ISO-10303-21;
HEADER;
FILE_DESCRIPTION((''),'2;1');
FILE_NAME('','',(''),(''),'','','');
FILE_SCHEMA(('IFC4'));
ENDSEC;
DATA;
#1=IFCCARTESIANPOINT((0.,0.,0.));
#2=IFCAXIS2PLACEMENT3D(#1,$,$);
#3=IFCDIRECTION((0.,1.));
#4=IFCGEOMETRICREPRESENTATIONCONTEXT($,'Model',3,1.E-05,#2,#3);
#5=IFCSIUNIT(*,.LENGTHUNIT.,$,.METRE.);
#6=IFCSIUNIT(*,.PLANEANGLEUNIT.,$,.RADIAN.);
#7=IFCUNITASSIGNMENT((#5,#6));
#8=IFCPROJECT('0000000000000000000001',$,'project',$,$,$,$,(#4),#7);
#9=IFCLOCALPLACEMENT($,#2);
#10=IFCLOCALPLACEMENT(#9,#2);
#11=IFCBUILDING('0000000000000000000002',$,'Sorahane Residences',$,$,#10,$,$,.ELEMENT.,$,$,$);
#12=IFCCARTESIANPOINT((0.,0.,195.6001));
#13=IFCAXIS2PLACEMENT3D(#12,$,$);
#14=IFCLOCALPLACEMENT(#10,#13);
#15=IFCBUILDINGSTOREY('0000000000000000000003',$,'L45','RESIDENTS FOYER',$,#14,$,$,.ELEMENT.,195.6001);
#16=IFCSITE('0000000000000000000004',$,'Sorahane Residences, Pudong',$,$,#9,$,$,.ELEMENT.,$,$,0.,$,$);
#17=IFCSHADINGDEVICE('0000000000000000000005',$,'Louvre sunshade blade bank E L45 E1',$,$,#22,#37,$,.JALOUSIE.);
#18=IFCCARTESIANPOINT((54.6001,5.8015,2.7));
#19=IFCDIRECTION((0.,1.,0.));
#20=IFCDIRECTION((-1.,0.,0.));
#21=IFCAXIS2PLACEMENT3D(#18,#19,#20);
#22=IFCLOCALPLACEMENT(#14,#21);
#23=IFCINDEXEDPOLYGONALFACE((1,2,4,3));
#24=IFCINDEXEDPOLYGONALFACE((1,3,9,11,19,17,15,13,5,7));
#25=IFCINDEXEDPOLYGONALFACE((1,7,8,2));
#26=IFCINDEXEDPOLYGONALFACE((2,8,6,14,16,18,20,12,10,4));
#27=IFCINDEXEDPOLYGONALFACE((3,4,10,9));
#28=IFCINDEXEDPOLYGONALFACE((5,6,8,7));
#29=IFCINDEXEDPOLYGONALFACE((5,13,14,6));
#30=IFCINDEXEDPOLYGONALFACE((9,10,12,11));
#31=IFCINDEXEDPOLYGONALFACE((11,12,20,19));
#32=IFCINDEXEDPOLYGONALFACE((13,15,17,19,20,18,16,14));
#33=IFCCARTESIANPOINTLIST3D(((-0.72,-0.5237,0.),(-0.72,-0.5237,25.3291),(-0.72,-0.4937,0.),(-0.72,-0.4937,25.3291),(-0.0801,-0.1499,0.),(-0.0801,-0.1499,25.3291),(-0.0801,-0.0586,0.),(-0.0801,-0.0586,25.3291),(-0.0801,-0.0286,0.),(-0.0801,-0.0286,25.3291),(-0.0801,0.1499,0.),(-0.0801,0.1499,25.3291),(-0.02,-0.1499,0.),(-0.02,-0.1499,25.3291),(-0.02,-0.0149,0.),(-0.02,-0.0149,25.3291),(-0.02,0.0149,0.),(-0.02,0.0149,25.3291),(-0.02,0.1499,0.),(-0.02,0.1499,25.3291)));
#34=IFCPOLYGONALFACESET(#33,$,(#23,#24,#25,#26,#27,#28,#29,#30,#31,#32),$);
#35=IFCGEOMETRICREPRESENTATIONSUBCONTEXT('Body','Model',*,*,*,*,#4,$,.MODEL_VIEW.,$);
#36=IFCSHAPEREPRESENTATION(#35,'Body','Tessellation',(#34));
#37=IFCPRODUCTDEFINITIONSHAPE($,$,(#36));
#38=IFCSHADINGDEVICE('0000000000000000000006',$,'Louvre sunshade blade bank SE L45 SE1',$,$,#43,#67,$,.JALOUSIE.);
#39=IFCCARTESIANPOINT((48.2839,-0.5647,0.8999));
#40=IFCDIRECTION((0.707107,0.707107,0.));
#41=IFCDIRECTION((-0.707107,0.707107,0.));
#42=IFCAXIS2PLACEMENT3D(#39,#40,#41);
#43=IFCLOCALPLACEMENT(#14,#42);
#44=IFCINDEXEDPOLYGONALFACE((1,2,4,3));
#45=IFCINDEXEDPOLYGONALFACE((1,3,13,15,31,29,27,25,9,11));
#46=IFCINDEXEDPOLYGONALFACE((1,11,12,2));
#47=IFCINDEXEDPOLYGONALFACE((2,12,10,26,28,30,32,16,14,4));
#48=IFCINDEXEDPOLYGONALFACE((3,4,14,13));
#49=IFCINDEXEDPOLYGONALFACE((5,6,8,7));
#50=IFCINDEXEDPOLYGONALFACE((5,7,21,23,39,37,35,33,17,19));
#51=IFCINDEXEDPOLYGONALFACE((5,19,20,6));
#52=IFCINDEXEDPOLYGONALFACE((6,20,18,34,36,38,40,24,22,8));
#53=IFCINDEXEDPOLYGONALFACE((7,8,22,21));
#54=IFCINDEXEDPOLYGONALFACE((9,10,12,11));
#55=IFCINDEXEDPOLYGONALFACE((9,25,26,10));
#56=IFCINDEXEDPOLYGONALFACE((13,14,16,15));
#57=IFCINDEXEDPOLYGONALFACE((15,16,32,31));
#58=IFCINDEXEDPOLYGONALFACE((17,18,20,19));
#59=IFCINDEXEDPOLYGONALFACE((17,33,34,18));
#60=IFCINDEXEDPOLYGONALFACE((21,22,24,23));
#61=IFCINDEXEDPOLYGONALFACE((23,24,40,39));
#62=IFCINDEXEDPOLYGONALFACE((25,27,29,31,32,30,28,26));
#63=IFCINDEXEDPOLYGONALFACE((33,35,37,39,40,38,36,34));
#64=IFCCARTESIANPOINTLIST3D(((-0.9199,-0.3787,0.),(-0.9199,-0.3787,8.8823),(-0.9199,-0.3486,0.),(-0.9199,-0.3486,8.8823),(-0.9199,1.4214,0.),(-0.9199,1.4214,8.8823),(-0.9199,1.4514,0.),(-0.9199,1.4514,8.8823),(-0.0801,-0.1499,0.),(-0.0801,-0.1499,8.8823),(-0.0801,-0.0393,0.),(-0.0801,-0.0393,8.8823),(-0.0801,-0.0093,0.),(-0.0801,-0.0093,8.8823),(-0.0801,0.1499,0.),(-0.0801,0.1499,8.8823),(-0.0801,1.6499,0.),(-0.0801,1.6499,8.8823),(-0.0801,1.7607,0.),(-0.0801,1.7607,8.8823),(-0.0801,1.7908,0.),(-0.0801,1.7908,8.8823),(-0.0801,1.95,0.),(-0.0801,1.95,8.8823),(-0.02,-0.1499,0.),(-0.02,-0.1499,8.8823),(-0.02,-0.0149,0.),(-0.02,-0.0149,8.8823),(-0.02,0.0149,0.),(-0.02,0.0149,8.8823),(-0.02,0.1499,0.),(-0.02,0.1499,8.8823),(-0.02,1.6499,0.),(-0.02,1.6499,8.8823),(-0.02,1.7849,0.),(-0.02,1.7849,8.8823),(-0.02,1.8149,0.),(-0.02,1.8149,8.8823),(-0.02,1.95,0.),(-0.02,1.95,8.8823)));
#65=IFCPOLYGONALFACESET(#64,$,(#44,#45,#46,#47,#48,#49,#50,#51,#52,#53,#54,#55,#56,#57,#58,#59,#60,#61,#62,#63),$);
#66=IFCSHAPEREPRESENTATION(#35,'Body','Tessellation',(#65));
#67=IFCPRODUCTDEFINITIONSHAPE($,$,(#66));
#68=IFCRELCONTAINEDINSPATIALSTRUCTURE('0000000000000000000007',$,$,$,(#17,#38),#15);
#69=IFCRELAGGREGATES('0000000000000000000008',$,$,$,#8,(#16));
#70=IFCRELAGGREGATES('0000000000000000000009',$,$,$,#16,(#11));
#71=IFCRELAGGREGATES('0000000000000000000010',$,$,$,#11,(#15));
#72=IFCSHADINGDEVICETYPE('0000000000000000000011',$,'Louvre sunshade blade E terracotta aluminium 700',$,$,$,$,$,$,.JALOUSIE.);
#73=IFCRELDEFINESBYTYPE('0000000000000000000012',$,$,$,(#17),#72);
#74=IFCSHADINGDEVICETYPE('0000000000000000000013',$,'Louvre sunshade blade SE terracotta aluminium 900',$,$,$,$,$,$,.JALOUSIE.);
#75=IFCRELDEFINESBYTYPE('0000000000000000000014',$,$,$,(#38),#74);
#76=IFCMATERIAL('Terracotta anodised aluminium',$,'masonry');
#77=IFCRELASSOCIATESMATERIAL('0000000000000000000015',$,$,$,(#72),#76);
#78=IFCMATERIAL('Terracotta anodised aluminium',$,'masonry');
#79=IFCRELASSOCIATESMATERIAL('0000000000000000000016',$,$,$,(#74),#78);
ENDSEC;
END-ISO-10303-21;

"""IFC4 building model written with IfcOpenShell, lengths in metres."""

from ifc_helpers import new_model, si_unit, direction, frame, origin, place, context, subcontext, project, spatial, polyline, outline, composite_profile, extrude, material, type_object, element, save


model = new_model("IFC4")

# Units and contexts
model_context = context("Model", 3, precision=1e-05, world=origin(), true_north=direction((0.0, 1.0)))
body_context = subcontext(model_context, "Body", "Model", "MODEL_VIEW")
ifc_project = project(units=[si_unit("LENGTHUNIT", "METRE"), si_unit("PLANEANGLEUNIT", "RADIAN")], contexts=[model_context])

# Site, building, storey
site_placement = place(None, origin())
site = spatial("IfcSite", under=ifc_project, at=site_placement, Name="Sorahane Residences, Pudong", CompositionType="ELEMENT", RefElevation=0.0)
building_placement = place(site_placement, origin())
building = spatial("IfcBuilding", under=site, at=building_placement, Name="Sorahane Residences", CompositionType="ELEMENT")
storey_placement = place(building_placement, frame((0.0, 0.0, 195.6001)))
storey = spatial("IfcBuildingStorey", under=building, at=storey_placement, Name="L45", Description="RESIDENTS FOYER", CompositionType="ELEMENT", Elevation=195.6001)

# Shading devices
ifc_material_1 = material(Name="Terracotta anodised aluminium", Category="masonry")
shading_device_type_1 = type_object("IfcShadingDeviceType", Name="Louvre sunshade blade E terracotta aluminium 700", PredefinedType="JALOUSIE", material=ifc_material_1)
shading_device_1_placement = place(storey_placement, frame((54.6001, 5.8015, 2.7), z_axis=(0.0, 1.0, 0.0), x_axis=(-1.0, 0.0, 0.0)))
element("IfcShadingDevice", 1, at=shading_device_1_placement, inside=storey, type_object=shading_device_type_1, Name="Louvre sunshade blade bank E L45 E1", PredefinedType="JALOUSIE", context=body_context, shape_type="SweptSolid", body=[
    extrude(outline(polyline([(-0.72, -0.4937), (-0.72, -0.5237), (-0.0801, -0.0586), (-0.0801, -0.1499), (-0.02, -0.1499), (-0.02, -0.0149), (-0.02, 0.0149), (-0.02, 0.1499), (-0.0801, 0.1499), (-0.0801, -0.0286), (-0.72, -0.4937)])), origin(), (0.0, 0.0, 1.0), 25.3291),
])
ifc_material_2 = material(Name="Terracotta anodised aluminium", Category="masonry")
shading_device_type_2 = type_object("IfcShadingDeviceType", Name="Louvre sunshade blade SE terracotta aluminium 900", PredefinedType="JALOUSIE", material=ifc_material_2)
shading_device_2_placement = place(storey_placement, frame((48.2839, -0.5647, 0.8999), z_axis=(0.707107, 0.707107, 0.0), x_axis=(-0.707107, 0.707107, 0.0)))
element("IfcShadingDevice", 2, at=shading_device_2_placement, inside=storey, type_object=shading_device_type_2, Name="Louvre sunshade blade bank SE L45 SE1", PredefinedType="JALOUSIE", context=body_context, shape_type="SweptSolid", body=[
    extrude(composite_profile([outline(polyline([(-0.9199, -0.3486), (-0.9199, -0.3787), (-0.0801, -0.0393), (-0.0801, -0.1499), (-0.02, -0.1499), (-0.02, -0.0149), (-0.02, 0.0149), (-0.02, 0.1499), (-0.0801, 0.1499), (-0.0801, -0.0093), (-0.9199, -0.3486)])), outline(polyline([(-0.9199, 1.4514), (-0.9199, 1.4214), (-0.0801, 1.7607), (-0.0801, 1.6499), (-0.02, 1.6499), (-0.02, 1.7849), (-0.02, 1.8149), (-0.02, 1.95), (-0.0801, 1.95), (-0.0801, 1.7908), (-0.9199, 1.4514)]))]), origin(), (0.0, 0.0, 1.0), 8.8823),
])

save(model, "model.ifc")
